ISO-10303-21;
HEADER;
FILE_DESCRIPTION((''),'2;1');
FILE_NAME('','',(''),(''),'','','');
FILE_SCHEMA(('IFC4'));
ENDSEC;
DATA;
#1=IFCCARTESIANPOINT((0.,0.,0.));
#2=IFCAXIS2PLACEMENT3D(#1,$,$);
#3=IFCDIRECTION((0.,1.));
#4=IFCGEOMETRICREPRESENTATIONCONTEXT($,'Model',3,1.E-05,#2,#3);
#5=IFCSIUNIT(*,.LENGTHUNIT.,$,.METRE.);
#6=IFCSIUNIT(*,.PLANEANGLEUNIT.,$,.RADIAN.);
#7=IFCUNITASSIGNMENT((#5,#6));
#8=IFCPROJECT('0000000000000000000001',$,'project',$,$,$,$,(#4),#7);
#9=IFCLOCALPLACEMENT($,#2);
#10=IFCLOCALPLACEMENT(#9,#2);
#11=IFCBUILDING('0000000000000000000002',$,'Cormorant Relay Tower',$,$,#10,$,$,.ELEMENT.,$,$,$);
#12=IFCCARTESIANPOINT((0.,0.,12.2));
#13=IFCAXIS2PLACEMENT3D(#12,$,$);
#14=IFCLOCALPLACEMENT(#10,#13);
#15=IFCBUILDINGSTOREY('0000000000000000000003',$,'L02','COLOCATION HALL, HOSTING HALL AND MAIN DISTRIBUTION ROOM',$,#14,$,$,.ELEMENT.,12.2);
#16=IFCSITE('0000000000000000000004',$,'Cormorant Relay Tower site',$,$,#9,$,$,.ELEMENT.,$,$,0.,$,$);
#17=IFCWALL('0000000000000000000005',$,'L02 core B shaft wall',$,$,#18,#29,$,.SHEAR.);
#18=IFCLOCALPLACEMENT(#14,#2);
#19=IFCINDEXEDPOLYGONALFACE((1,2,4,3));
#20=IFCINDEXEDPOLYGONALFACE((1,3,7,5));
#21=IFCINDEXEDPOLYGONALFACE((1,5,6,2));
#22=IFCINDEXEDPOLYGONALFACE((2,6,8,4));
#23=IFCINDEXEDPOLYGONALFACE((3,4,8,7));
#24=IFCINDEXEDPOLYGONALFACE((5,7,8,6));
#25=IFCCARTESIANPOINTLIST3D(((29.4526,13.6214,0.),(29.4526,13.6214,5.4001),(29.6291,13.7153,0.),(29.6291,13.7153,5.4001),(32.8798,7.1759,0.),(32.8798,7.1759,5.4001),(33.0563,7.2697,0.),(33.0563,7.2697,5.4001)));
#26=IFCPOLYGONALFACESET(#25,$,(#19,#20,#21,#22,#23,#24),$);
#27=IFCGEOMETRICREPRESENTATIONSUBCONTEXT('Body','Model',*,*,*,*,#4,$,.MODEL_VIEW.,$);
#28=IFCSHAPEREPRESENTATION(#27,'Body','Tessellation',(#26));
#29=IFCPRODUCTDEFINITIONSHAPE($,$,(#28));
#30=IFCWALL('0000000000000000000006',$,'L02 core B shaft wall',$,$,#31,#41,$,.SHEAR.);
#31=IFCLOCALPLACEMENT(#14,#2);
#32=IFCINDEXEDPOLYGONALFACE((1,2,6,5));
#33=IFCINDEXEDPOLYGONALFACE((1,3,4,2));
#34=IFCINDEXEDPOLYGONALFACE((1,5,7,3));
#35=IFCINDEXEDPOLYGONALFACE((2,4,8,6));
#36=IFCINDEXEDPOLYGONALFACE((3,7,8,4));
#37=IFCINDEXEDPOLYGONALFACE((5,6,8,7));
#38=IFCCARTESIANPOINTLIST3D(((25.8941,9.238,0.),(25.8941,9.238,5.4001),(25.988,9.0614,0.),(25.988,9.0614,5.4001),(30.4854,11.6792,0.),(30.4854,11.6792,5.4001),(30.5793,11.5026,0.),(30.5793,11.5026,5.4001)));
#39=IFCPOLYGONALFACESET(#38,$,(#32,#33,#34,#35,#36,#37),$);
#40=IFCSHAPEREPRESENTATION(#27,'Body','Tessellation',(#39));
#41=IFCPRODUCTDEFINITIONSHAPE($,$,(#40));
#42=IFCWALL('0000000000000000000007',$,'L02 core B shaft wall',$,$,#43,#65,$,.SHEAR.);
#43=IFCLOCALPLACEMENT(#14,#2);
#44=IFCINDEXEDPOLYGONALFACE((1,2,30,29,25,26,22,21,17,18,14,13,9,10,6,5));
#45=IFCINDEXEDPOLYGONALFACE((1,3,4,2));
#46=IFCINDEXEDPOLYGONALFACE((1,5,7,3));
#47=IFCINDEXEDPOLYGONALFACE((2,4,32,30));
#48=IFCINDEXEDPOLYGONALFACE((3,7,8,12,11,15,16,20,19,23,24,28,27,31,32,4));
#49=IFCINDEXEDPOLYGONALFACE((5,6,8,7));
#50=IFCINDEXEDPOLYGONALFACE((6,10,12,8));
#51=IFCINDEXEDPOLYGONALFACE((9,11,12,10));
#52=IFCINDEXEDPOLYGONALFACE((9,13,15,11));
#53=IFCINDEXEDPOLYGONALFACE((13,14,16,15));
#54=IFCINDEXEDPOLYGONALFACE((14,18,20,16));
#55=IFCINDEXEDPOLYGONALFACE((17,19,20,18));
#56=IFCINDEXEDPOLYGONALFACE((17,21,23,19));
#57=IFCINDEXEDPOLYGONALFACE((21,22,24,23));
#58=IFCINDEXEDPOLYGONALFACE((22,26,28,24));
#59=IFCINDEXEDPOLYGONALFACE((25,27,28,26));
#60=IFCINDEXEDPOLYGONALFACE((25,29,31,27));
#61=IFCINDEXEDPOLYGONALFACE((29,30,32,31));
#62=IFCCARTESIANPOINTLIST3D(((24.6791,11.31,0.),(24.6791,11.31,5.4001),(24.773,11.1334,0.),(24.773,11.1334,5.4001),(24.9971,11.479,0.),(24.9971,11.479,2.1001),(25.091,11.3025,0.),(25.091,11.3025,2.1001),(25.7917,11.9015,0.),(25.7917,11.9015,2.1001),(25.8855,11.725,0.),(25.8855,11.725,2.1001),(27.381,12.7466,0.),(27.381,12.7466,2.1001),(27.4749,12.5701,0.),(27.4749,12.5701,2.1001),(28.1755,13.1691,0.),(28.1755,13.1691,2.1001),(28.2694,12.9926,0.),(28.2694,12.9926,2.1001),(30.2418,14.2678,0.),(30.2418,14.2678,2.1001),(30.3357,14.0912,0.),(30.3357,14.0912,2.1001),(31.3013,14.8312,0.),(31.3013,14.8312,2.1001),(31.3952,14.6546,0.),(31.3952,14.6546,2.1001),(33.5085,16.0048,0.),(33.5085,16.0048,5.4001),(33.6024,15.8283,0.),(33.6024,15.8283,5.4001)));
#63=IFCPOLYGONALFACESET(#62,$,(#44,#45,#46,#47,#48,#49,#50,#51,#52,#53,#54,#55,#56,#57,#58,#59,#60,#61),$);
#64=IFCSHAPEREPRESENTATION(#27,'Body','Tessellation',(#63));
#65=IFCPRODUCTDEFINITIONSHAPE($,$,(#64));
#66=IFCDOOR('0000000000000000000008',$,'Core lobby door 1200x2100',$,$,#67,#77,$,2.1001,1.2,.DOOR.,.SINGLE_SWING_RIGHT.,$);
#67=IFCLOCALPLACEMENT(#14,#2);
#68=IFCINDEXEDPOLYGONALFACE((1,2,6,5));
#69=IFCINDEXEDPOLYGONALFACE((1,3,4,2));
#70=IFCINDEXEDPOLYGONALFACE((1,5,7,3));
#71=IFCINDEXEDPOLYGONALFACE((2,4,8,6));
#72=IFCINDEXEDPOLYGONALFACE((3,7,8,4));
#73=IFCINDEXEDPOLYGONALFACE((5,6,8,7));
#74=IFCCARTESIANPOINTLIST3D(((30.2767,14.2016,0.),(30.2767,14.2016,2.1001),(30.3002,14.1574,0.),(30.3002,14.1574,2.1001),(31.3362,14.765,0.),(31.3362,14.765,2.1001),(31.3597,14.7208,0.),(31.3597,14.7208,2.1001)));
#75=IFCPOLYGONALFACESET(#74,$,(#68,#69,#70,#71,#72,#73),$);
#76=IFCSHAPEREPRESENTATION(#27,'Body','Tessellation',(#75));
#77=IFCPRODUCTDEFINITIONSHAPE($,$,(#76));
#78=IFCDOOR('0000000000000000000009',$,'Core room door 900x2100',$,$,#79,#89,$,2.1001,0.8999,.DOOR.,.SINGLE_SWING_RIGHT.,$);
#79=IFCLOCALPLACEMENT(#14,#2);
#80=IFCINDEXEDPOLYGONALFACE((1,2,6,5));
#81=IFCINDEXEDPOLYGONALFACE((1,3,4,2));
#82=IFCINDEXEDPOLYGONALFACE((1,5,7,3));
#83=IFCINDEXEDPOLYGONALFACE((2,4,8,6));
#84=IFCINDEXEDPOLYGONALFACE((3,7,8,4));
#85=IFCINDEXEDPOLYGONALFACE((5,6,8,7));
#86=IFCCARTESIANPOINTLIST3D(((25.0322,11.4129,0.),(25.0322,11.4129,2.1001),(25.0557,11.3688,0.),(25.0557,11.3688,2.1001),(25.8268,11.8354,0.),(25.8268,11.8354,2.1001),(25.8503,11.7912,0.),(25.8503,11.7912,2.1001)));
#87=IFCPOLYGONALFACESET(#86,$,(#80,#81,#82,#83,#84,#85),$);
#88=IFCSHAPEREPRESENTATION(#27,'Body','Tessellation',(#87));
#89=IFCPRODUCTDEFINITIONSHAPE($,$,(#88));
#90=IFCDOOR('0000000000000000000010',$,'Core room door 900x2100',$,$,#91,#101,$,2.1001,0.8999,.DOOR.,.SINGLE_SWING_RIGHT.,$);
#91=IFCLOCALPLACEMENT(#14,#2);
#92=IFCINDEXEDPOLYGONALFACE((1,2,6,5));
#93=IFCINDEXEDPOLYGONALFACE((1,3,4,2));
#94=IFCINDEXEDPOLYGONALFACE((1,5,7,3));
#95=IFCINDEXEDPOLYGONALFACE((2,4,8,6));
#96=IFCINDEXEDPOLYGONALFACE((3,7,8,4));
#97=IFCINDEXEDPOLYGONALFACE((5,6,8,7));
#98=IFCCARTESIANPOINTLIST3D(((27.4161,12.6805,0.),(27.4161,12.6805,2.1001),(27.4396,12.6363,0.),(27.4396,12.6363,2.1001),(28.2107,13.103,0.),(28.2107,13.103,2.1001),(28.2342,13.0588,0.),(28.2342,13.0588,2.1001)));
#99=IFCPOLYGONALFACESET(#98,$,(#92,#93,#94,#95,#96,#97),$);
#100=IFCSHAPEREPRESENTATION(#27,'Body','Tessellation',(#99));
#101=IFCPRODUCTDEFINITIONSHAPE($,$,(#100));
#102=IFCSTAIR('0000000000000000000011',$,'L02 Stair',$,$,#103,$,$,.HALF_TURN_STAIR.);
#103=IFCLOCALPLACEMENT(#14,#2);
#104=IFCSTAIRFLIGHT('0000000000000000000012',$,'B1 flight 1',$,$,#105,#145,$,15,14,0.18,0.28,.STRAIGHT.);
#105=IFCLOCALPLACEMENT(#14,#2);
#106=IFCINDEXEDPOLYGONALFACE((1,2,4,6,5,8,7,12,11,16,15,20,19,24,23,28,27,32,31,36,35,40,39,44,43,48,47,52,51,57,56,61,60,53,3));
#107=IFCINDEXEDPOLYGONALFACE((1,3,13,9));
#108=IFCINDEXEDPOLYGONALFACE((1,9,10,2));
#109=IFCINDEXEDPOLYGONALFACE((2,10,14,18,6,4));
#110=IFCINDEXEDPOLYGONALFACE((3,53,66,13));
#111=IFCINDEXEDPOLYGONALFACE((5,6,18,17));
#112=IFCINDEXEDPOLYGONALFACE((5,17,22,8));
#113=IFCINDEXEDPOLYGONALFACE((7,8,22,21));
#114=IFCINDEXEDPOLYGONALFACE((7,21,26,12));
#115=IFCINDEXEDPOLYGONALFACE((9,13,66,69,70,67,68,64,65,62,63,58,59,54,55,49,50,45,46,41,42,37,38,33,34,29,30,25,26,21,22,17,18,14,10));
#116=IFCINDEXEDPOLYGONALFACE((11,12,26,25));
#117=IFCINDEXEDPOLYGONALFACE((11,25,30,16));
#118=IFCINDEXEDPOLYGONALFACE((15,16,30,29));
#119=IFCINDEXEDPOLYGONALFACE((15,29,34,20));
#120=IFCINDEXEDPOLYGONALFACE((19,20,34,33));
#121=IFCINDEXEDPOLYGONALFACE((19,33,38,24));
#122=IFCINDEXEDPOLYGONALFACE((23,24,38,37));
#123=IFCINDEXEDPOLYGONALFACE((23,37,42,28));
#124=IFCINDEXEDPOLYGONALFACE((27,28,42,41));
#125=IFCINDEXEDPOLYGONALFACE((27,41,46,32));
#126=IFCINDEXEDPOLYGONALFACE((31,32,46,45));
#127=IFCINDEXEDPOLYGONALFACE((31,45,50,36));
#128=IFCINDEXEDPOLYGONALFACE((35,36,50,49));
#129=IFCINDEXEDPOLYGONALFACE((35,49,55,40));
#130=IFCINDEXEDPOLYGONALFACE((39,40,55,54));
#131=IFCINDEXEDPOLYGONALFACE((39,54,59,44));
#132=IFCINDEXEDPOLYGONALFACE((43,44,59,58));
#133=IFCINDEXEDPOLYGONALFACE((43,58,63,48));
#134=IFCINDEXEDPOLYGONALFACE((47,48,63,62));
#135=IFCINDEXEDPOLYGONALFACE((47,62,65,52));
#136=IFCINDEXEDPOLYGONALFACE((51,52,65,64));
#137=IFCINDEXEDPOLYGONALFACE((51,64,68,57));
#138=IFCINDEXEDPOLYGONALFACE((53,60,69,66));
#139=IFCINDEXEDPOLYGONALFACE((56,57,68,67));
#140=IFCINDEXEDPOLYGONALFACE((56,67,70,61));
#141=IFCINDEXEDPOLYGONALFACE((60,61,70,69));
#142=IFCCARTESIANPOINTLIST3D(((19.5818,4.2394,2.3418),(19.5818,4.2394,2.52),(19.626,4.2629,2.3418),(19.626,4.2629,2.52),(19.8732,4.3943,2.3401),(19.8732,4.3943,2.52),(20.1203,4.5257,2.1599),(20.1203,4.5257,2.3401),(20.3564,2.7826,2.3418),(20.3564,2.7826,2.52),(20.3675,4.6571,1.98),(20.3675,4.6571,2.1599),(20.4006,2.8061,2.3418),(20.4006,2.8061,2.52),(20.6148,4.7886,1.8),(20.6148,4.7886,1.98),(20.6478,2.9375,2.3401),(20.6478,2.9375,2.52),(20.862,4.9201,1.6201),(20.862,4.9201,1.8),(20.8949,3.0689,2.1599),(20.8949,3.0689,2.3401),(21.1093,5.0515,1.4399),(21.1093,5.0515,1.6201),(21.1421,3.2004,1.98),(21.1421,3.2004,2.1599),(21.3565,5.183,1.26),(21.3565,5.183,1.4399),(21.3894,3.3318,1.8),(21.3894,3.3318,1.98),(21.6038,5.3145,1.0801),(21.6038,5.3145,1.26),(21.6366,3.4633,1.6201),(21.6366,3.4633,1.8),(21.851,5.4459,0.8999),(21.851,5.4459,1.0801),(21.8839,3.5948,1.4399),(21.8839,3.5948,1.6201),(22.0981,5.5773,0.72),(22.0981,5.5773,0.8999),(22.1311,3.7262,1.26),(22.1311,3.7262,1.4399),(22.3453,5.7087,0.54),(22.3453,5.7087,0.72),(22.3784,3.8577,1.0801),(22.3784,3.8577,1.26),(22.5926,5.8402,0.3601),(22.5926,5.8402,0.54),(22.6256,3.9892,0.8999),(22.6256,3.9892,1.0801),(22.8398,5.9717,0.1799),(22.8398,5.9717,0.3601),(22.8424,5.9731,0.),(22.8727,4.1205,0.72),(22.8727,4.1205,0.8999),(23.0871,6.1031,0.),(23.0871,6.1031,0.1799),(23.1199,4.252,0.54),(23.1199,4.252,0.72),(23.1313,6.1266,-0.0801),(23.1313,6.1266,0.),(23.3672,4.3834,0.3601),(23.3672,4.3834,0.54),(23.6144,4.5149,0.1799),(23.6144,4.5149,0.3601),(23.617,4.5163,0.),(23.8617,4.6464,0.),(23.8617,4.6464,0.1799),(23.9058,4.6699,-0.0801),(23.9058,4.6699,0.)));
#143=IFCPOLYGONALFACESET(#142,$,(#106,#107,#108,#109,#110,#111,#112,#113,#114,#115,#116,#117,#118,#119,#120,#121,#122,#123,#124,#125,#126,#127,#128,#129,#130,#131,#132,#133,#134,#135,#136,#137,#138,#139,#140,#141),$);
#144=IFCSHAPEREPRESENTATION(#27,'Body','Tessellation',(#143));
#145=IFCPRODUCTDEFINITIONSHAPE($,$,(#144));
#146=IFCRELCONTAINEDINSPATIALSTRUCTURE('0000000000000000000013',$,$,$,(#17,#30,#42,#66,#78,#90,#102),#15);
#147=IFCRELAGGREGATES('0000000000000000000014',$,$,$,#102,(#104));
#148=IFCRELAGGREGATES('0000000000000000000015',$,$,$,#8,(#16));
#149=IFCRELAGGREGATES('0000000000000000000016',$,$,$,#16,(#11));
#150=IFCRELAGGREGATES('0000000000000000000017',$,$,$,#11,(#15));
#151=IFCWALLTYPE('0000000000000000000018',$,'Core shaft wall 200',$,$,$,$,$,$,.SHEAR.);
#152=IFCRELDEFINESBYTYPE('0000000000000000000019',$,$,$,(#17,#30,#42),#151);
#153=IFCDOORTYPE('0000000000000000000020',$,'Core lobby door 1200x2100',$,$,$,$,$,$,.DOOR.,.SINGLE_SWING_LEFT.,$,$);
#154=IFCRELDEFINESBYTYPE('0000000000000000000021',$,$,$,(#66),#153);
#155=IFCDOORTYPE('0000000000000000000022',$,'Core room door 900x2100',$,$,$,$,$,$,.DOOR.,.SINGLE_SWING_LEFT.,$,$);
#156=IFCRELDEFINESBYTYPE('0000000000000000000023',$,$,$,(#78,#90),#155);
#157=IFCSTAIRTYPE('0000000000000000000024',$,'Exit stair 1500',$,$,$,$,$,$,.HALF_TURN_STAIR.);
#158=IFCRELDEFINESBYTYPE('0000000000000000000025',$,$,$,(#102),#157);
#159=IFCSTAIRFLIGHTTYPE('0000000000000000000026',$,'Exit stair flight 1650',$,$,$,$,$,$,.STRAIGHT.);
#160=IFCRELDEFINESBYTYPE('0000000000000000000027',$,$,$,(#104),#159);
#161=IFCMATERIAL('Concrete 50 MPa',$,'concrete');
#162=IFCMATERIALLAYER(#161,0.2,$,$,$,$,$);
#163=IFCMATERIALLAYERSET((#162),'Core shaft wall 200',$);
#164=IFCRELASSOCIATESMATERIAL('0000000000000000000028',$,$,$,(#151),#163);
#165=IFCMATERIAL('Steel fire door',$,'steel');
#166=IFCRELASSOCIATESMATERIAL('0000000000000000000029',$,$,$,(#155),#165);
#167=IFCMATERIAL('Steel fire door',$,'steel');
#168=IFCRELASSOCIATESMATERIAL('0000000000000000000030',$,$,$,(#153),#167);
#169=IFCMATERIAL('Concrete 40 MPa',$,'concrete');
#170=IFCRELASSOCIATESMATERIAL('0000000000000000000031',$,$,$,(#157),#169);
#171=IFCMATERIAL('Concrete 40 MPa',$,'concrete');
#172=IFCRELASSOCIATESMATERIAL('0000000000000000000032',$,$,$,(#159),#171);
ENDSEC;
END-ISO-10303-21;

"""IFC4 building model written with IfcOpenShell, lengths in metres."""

from ifc_helpers import new_model, si_unit, direction, frame, frame_2d, origin, place, context, subcontext, project, spatial, polyline, rectangle, outline, extrude, material, layer, layer_set, type_object, element, fill, aggregate, save


model = new_model("IFC4")

# Units and contexts
model_context = context("Model", 3, precision=1e-05, world=origin(), true_north=direction((0.0, 1.0)))
body_context = subcontext(model_context, "Body", "Model", "MODEL_VIEW")
ifc_project = project(units=[si_unit("LENGTHUNIT", "METRE"), si_unit("PLANEANGLEUNIT", "RADIAN")], contexts=[model_context])

# Site, building, storey
site_placement = place(None, origin())
site = spatial("IfcSite", under=ifc_project, at=site_placement, Name="Cormorant Relay Tower site", CompositionType="ELEMENT", RefElevation=0.0)
building_placement = place(site_placement, origin())
building = spatial("IfcBuilding", under=site, at=building_placement, Name="Cormorant Relay Tower", CompositionType="ELEMENT")
storey_placement = place(building_placement, frame((0.0, 0.0, 12.2)))
storey = spatial("IfcBuildingStorey", under=building, at=storey_placement, Name="L02", Description="COLOCATION HALL, HOSTING HALL AND MAIN DISTRIBUTION ROOM", CompositionType="ELEMENT", Elevation=12.2)

# Shared definitions
ifc_material_1 = material(Name="Concrete 50 MPa", Category="concrete")
ifc_layer_1 = layer(ifc_material_1, 0.2)
ifc_layer_set_1 = layer_set([ifc_layer_1], Name="Core shaft wall 200")
wall_type_1 = type_object("IfcWallType", Name="Core shaft wall 200", PredefinedType="SHEAR", material=ifc_layer_set_1)
ifc_material_2 = material(Name="Steel fire door", Category="steel")
door_type_1 = type_object("IfcDoorType", Name="Core room door 900x2100", OperationType="SINGLE_SWING_LEFT", PredefinedType="DOOR", material=ifc_material_2)

# Wall
wall_1_placement = place(storey_placement, frame((32.968, 7.2229, 0.0), z_axis=(0.0, 0.0, 1.0), x_axis=(-0.46948, 0.882943, 0.0)))
element("IfcWall", 1, at=wall_1_placement, inside=storey, type_object=wall_type_1, Name="L02 core B shaft wall", PredefinedType="SHEAR", context=body_context, shape_type="SweptSolid", body=[
    extrude(rectangle(XDim=7.3, YDim=0.2, at=frame_2d((3.6499, 0.0))), origin(), (0.0, 0.0, 1.0), 5.4001),
])

# Wall
wall_2_placement = place(storey_placement, frame((25.9409, 9.1497, 0.0), z_axis=(0.0, 0.0, 1.0), x_axis=(0.882954, 0.46946, 0.0)))
element("IfcWall", 2, at=wall_2_placement, inside=storey, type_object=wall_type_1, Name="L02 core B shaft wall", PredefinedType="SHEAR", context=body_context, shape_type="SweptSolid", body=[
    extrude(rectangle(XDim=5.2, YDim=0.2, at=frame_2d((2.6001, 0.0))), origin(), (0.0, 0.0, 1.0), 5.4001),
])

# Wall, openings, doors
wall_3_placement = place(storey_placement, frame((24.7261, 11.2217, 0.0), z_axis=(0.0, 0.0, 1.0), x_axis=(0.88294, 0.469485, 0.0)))
wall_3 = element("IfcWall", 3, at=wall_3_placement, inside=storey, type_object=wall_type_1, Name="L02 core B shaft wall", PredefinedType="SHEAR", context=body_context, shape_type="SweptSolid", body=[
    extrude(rectangle(XDim=10.0, YDim=0.2, at=frame_2d((5.0, 0.0))), origin(), (0.0, 0.0, 1.0), 5.4001),
])
opening_1_placement = place(wall_3_placement, frame((6.3, 0.0, 0.0)))
opening_1 = element("IfcOpeningElement", 4, at=opening_1_placement, cuts=wall_3, PredefinedType="OPENING", context=body_context, shape_type="SweptSolid", body=[
    extrude(rectangle(XDim=1.2, YDim=2.1001, at=frame_2d((0.6001, 1.05))), frame((0.0, 0.1099, 0.0), z_axis=(0.0, -1.0, 0.0), x_axis=(1.0, 0.0, 0.0)), (0.0, 0.0, 1.0), 0.22),
])
opening_2_placement = place(wall_3_placement, frame((0.3601, 0.0, 0.0)))
opening_2 = element("IfcOpeningElement", 5, at=opening_2_placement, cuts=wall_3, PredefinedType="OPENING", context=body_context, shape_type="SweptSolid", body=[
    extrude(rectangle(XDim=0.8999, YDim=2.1001, at=frame_2d((0.45, 1.05))), frame((0.0, 0.1099, 0.0), z_axis=(0.0, -1.0, 0.0), x_axis=(1.0, 0.0, 0.0)), (0.0, 0.0, 1.0), 0.22),
])
opening_3_placement = place(wall_3_placement, frame((3.0601, 0.0, 0.0)))
opening_3 = element("IfcOpeningElement", 6, at=opening_3_placement, cuts=wall_3, PredefinedType="OPENING", context=body_context, shape_type="SweptSolid", body=[
    extrude(rectangle(XDim=0.8999, YDim=2.1001, at=frame_2d((0.45, 1.05))), frame((0.0, 0.1099, 0.0), z_axis=(0.0, -1.0, 0.0), x_axis=(1.0, 0.0, 0.0)), (0.0, 0.0, 1.0), 0.22),
])
ifc_material_3 = material(Name="Steel fire door", Category="steel")
door_type_2 = type_object("IfcDoorType", Name="Core lobby door 1200x2100", OperationType="SINGLE_SWING_LEFT", PredefinedType="DOOR", material=ifc_material_3)
door_1_placement = place(opening_1_placement, frame((1.2, 0.0, 0.0), z_axis=(0.0, 0.0, 1.0), x_axis=(-1.0, 0.0, 0.0)))
door_1 = element("IfcDoor", 7, at=door_1_placement, inside=storey, type_object=door_type_2, Name="Core lobby door 1200x2100", OperationType="SINGLE_SWING_RIGHT", OverallHeight=2.1001, OverallWidth=1.2, PredefinedType="DOOR", context=body_context, shape_type="SweptSolid", body=[
    extrude(rectangle(XDim=1.2, YDim=2.1001, at=frame_2d((0.6001, 1.05))), frame((0.0, 0.0249, 0.0), z_axis=(0.0, -1.0, 0.0), x_axis=(1.0, 0.0, 0.0)), (0.0, 0.0, 1.0), 0.05),
])
fill(opening_1, door_1)
door_2_placement = place(opening_2_placement, frame((0.8999, 0.0, 0.0), z_axis=(0.0, 0.0, 1.0), x_axis=(-1.0, 0.0, 0.0)))
door_2 = element("IfcDoor", 8, at=door_2_placement, inside=storey, type_object=door_type_1, Name="Core room door 900x2100", OperationType="SINGLE_SWING_RIGHT", OverallHeight=2.1001, OverallWidth=0.8999, PredefinedType="DOOR", context=body_context, shape_type="SweptSolid", body=[
    extrude(rectangle(XDim=0.8999, YDim=2.1001, at=frame_2d((0.45, 1.05))), frame((0.0, 0.0249, 0.0), z_axis=(0.0, -1.0, 0.0), x_axis=(1.0, 0.0, 0.0)), (0.0, 0.0, 1.0), 0.05),
])
fill(opening_2, door_2)
door_3_placement = place(opening_3_placement, frame((0.8999, 0.0, 0.0), z_axis=(0.0, 0.0, 1.0), x_axis=(-1.0, 0.0, 0.0)))
door_3 = element("IfcDoor", 9, at=door_3_placement, inside=storey, type_object=door_type_1, Name="Core room door 900x2100", OperationType="SINGLE_SWING_RIGHT", OverallHeight=2.1001, OverallWidth=0.8999, PredefinedType="DOOR", context=body_context, shape_type="SweptSolid", body=[
    extrude(rectangle(XDim=0.8999, YDim=2.1001, at=frame_2d((0.45, 1.05))), frame((0.0, 0.0249, 0.0), z_axis=(0.0, -1.0, 0.0), x_axis=(1.0, 0.0, 0.0)), (0.0, 0.0, 1.0), 0.05),
])
fill(opening_3, door_3)

# Stair, stair flight
ifc_material_4 = material(Name="Concrete 40 MPa", Category="concrete")
stair_type = type_object("IfcStairType", Name="Exit stair 1500", PredefinedType="HALF_TURN_STAIR", material=ifc_material_4)
stair_placement = place(storey_placement, origin())
stair = element("IfcStair", 10, at=stair_placement, inside=storey, type_object=stair_type, Name="L02 Stair", PredefinedType="HALF_TURN_STAIR")
ifc_material_5 = material(Name="Concrete 40 MPa", Category="concrete")
stair_flight_type = type_object("IfcStairFlightType", Name="Exit stair flight 1650", PredefinedType="STRAIGHT", material=ifc_material_5)
stair_flight_placement = place(storey_placement, frame((23.4744, 5.3748, 0.0), z_axis=(0.0, 0.0, 1.0), x_axis=(-0.882948, -0.469472, 0.0)))
stair_flight = element("IfcStairFlight", 11, at=stair_flight_placement, type_object=stair_flight_type, Name="B1 flight 1", NumberOfRisers=15, NumberOfTreads=14, PredefinedType="STRAIGHT", RiserHeight=0.18, TreadLength=0.28, context=body_context, shape_type="SweptSolid", body=[
    extrude(outline(polyline([(-0.05, -0.0801), (-0.05, 0.0), (0.0, 0.0), (0.0, 0.1799), (0.28, 0.1799), (0.28, 0.3601), (0.5601, 0.3601), (0.5601, 0.54), (0.8401, 0.54), (0.8401, 0.72), (1.1201, 0.72), (1.1201, 0.8999), (1.3999, 0.8999), (1.3999, 1.0801), (1.6799, 1.0801), (1.6799, 1.26), (1.96, 1.26), (1.96, 1.4399), (2.24, 1.4399), (2.24, 1.6201), (2.52, 1.6201), (2.52, 1.8), (2.8, 1.8), (2.8, 1.98), (3.0801, 1.98), (3.0801, 2.1599), (3.3601, 2.1599), (3.3601, 2.3401), (3.6399, 2.3401), (3.6399, 2.52), (3.9199, 2.52), (3.97, 2.52), (3.97, 2.3418), (3.9199, 2.3418), (0.2771, 0.0), (-0.05, -0.0801)])), frame((0.0, 0.825, 0.0), z_axis=(0.0, -1.0, 0.0), x_axis=(1.0, 0.0, 0.0)), (0.0, 0.0, 1.0), 1.6499),
])
aggregate(stair, [stair_flight])

save(model, "model.ifc")
